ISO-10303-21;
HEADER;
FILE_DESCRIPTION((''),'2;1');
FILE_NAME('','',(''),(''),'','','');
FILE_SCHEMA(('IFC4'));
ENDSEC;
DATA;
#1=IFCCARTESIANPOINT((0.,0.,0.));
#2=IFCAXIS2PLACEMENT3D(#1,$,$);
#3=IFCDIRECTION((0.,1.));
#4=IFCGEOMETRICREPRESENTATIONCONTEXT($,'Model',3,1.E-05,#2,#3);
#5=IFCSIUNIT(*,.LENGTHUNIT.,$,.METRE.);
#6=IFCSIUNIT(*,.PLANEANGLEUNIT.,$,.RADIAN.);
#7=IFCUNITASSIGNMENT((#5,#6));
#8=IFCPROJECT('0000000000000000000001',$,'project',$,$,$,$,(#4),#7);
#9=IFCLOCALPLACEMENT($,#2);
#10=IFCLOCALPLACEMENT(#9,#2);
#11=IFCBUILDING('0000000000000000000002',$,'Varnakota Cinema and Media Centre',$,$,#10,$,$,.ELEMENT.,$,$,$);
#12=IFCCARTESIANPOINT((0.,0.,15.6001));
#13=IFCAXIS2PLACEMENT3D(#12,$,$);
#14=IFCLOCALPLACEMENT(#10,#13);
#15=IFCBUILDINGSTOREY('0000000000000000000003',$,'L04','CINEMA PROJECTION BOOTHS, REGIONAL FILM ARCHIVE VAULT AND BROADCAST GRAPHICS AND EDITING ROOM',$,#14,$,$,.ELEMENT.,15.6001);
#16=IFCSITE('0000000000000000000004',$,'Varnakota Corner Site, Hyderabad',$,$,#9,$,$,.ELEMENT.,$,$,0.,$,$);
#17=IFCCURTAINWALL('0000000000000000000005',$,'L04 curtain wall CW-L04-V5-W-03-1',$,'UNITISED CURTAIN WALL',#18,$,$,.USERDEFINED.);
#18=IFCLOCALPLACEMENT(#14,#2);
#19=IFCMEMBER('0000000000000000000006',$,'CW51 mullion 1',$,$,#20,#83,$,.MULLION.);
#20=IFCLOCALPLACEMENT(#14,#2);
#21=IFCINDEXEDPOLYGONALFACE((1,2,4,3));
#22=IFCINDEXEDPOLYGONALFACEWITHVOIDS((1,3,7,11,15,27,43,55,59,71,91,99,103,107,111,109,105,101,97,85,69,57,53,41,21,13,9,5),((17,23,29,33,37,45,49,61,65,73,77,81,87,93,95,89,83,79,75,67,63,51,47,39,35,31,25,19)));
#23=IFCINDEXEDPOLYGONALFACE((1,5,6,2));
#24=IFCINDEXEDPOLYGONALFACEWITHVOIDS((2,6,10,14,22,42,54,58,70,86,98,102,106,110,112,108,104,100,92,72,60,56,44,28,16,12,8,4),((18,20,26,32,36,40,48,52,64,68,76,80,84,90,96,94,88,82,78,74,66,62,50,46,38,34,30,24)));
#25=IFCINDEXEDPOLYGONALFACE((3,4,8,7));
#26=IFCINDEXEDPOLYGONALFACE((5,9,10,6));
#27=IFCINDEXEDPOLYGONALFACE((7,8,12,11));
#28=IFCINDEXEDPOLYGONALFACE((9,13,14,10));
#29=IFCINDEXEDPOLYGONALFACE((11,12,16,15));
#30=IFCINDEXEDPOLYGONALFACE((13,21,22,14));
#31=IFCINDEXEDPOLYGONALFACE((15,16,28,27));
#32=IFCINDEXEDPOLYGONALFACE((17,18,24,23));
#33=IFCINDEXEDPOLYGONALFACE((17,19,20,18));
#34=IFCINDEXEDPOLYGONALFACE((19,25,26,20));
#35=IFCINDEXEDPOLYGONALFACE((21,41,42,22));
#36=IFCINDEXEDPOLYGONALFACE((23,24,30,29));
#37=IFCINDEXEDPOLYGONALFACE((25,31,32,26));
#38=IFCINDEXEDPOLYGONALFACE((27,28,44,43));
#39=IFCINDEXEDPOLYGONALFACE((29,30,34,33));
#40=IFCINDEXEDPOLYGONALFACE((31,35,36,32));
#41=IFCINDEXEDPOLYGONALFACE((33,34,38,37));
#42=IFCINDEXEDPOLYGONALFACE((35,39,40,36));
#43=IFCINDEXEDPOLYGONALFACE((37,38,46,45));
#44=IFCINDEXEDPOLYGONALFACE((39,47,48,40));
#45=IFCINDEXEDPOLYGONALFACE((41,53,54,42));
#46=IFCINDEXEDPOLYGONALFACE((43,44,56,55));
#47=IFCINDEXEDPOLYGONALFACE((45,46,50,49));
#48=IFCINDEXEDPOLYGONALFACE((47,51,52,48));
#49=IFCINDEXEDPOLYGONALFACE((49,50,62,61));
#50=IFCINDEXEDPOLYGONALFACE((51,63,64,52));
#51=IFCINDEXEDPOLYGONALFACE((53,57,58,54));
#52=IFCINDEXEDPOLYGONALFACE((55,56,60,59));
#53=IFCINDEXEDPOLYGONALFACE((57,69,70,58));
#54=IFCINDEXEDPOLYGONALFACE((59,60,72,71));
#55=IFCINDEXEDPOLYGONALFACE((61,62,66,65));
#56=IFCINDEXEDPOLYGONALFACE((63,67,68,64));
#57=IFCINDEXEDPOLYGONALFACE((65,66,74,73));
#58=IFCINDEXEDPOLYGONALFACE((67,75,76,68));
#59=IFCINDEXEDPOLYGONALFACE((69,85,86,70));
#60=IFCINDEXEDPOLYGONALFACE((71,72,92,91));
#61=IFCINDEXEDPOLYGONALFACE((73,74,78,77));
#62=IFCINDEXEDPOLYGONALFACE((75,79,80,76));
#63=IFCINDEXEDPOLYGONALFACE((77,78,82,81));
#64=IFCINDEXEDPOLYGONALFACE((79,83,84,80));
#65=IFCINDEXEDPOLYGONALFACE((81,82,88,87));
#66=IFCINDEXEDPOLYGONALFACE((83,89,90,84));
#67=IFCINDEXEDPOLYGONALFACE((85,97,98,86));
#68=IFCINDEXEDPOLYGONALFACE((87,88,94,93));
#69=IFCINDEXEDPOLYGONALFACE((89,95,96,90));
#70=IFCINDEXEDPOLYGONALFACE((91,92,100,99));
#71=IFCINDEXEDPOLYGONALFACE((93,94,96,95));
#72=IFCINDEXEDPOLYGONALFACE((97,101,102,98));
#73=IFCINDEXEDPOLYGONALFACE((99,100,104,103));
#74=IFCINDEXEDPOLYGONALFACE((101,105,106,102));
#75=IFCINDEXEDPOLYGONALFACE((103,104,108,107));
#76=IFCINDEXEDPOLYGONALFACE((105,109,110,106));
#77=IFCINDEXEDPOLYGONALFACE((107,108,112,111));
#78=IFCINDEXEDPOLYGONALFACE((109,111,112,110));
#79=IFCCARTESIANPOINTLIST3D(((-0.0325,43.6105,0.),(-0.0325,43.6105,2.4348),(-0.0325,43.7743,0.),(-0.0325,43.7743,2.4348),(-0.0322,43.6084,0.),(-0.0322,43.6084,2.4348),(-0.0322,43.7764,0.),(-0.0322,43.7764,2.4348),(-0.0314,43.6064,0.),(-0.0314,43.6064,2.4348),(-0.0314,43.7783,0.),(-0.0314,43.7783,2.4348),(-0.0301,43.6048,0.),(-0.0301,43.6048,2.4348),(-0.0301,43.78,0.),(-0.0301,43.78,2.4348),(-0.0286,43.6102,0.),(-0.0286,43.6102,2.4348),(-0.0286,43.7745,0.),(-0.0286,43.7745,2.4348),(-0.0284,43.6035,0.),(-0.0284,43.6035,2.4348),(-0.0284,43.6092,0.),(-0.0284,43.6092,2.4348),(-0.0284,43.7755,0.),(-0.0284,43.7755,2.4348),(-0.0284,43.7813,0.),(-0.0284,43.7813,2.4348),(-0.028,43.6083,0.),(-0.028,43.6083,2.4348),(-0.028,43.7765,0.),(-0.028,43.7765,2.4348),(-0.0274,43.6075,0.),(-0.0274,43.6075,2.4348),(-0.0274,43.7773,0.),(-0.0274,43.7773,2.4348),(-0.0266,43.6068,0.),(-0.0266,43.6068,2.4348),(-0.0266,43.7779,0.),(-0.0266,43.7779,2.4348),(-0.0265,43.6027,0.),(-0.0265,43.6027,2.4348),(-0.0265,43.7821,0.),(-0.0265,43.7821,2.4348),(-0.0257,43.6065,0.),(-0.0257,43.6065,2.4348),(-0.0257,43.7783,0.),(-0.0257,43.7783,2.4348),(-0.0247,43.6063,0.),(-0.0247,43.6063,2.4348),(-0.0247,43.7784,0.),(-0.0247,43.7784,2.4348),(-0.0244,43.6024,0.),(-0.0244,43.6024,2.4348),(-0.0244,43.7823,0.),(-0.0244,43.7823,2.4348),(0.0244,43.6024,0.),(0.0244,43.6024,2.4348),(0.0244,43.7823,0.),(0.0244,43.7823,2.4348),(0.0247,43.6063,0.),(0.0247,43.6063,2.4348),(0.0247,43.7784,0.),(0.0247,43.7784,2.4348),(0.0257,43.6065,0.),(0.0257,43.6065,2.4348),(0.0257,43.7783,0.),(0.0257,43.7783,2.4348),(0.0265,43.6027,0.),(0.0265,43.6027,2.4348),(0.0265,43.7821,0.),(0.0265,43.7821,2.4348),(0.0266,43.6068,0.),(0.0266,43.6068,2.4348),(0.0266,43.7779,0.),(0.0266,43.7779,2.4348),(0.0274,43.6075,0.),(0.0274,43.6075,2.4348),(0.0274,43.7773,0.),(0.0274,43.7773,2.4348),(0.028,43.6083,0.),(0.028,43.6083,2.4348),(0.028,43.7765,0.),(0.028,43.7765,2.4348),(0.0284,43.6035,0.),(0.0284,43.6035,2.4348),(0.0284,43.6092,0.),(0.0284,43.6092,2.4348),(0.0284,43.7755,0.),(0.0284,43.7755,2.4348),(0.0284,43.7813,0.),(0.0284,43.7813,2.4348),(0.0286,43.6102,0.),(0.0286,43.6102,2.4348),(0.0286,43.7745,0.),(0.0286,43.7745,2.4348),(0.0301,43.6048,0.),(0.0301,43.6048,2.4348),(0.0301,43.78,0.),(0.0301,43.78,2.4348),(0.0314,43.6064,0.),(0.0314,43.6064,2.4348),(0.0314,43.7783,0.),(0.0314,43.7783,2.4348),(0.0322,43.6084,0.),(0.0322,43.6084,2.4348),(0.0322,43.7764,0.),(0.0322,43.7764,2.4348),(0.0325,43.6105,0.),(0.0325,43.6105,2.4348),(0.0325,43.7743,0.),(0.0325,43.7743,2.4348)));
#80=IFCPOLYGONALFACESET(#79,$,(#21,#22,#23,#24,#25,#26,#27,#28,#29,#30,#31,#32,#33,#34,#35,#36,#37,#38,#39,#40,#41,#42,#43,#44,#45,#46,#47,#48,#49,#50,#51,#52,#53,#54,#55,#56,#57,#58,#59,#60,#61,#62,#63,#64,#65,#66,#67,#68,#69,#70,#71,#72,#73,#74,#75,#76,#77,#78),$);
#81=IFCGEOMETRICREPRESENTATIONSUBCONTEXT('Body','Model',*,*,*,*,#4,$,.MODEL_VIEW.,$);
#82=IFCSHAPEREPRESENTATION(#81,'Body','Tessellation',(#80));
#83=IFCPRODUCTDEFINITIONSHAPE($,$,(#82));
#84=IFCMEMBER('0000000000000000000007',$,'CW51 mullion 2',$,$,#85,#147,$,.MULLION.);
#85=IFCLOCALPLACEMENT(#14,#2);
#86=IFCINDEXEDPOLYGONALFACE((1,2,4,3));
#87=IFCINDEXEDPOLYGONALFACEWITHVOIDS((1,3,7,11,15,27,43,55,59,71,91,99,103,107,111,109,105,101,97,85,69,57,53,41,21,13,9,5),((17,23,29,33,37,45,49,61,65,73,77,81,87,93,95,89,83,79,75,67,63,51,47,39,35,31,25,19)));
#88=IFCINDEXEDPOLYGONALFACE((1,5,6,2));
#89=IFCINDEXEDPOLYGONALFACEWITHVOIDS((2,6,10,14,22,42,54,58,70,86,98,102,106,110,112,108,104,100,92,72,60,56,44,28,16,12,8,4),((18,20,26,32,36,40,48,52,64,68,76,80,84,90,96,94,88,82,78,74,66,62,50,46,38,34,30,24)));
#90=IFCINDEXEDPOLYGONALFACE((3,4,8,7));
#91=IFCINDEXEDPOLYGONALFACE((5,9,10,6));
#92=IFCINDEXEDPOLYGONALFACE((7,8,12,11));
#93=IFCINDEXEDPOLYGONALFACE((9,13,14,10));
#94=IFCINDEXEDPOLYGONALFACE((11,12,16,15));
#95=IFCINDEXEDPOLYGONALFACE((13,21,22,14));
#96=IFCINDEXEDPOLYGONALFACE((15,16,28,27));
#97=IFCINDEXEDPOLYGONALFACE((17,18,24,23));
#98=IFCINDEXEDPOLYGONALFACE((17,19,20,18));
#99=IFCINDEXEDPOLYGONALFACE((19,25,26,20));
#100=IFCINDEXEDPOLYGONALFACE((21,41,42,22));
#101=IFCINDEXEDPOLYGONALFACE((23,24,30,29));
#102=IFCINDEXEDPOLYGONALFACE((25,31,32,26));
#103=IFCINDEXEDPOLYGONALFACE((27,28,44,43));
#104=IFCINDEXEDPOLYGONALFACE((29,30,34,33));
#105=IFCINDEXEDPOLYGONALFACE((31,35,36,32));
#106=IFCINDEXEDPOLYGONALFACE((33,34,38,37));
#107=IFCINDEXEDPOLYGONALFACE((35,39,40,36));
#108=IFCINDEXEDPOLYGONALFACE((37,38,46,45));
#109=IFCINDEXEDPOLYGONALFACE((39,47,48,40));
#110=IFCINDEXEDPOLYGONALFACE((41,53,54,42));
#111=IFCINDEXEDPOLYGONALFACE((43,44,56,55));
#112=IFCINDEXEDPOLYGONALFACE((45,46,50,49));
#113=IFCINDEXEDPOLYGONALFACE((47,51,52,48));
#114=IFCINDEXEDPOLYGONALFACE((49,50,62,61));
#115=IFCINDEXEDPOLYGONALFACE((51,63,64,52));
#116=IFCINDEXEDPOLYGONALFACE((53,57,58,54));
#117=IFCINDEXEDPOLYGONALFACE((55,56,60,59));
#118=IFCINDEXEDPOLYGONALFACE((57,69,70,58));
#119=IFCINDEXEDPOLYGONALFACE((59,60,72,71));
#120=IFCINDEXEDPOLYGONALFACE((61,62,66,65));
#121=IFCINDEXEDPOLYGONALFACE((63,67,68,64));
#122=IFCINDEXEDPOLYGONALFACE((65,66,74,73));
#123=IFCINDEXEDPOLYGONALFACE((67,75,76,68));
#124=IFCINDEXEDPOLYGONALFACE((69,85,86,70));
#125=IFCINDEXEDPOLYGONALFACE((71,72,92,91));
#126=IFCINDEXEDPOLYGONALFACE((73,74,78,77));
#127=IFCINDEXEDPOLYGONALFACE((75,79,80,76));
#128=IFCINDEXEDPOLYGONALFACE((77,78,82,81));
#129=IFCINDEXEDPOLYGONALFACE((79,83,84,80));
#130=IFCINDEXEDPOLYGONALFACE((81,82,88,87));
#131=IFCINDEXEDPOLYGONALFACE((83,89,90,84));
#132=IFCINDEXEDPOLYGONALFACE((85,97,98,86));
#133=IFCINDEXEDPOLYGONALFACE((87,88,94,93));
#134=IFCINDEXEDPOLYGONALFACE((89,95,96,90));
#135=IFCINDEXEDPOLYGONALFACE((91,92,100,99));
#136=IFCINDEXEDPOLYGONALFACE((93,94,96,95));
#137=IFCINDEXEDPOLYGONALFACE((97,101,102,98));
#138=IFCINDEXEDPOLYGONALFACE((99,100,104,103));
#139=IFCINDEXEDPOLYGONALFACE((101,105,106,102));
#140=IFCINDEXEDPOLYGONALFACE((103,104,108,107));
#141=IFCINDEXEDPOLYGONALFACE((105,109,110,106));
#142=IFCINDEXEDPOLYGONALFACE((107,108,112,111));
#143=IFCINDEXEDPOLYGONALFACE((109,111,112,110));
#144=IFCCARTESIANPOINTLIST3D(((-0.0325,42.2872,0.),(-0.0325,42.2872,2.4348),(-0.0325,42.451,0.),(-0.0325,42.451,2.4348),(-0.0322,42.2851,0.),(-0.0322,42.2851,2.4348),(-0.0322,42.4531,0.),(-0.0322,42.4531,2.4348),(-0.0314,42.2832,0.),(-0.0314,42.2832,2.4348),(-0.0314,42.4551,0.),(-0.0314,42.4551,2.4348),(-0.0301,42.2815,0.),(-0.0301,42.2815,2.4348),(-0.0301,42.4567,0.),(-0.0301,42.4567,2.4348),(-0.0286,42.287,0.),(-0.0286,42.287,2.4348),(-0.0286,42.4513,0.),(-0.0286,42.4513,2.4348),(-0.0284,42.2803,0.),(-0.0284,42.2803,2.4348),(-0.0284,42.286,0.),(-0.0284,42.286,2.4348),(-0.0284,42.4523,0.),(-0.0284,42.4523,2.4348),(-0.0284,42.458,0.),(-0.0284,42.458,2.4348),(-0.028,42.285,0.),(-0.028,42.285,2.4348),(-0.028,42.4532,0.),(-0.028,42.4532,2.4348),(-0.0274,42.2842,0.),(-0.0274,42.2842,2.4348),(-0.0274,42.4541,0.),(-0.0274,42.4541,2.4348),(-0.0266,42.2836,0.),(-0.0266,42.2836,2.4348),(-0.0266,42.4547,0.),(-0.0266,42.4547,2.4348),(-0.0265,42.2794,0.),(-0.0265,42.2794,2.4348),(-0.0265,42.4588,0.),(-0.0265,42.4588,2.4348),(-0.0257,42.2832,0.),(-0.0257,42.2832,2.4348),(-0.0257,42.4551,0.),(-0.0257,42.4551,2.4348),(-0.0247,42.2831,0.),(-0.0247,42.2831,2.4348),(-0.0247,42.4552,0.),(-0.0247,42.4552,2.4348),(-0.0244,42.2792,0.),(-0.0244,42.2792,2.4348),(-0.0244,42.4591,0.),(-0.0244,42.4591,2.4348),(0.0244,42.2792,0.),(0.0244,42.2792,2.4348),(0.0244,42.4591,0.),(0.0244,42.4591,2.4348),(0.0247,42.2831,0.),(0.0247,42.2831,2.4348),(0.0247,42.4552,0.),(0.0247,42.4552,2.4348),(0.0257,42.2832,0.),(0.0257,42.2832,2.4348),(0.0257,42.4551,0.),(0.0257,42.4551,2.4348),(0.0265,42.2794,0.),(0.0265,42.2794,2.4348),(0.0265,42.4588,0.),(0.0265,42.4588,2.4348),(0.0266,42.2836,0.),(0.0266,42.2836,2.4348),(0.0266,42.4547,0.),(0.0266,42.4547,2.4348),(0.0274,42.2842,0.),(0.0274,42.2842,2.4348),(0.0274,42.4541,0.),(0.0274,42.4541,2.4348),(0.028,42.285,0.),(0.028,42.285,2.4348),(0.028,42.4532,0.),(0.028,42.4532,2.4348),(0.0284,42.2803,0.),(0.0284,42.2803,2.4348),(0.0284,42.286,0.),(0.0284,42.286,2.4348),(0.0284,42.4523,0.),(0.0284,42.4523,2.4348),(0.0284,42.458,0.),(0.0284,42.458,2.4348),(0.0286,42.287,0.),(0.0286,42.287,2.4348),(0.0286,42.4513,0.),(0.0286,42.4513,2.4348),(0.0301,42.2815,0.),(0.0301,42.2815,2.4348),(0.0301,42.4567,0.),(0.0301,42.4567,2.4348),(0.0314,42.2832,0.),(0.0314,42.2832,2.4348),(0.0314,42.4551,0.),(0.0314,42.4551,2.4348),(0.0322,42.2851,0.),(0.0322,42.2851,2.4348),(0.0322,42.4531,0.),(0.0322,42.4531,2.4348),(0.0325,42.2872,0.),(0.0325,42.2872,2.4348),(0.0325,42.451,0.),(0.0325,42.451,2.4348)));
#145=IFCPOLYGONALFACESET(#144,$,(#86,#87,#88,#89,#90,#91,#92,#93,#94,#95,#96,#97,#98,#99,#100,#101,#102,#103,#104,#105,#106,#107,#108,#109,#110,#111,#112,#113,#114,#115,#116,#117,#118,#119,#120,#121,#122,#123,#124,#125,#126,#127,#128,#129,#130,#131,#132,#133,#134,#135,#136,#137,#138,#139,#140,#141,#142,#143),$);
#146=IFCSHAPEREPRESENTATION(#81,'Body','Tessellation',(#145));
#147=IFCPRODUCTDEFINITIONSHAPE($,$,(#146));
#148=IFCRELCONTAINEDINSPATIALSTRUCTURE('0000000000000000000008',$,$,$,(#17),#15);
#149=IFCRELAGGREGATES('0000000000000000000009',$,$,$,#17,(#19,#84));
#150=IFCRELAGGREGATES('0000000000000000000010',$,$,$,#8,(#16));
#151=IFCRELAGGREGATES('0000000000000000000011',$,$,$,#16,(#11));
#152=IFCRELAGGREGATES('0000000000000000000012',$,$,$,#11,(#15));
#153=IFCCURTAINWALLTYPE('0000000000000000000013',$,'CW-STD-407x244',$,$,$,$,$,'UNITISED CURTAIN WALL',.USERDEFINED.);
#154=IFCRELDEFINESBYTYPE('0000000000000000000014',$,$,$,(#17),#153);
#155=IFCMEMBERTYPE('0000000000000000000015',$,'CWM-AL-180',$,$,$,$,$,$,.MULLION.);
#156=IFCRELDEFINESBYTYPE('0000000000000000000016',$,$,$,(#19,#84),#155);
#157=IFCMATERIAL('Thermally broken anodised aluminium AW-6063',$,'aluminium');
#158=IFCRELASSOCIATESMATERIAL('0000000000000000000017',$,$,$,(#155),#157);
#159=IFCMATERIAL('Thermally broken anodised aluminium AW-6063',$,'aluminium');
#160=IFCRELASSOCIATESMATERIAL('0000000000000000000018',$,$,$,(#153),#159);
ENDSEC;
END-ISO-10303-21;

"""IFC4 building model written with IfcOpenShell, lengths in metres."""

from ifc_helpers import new_model, si_unit, direction, frame, origin, origin_2d, place, context, subcontext, project, spatial, hollow_rectangle, extrude, material, material_profile, profile_set, type_object, element, aggregate, save


model = new_model("IFC4")

# Units and contexts
model_context = context("Model", 3, precision=1e-05, world=origin(), true_north=direction((0.0, 1.0)))
body_context = subcontext(model_context, "Body", "Model", "MODEL_VIEW")
ifc_project = project(units=[si_unit("LENGTHUNIT", "METRE"), si_unit("PLANEANGLEUNIT", "RADIAN")], contexts=[model_context])

# Site, building, storey
site_placement = place(None, origin())
site = spatial("IfcSite", under=ifc_project, at=site_placement, Name="Varnakota Corner Site, Hyderabad", CompositionType="ELEMENT", RefElevation=0.0)
building_placement = place(site_placement, origin())
building = spatial("IfcBuilding", under=site, at=building_placement, Name="Varnakota Cinema and Media Centre", CompositionType="ELEMENT")
storey_placement = place(building_placement, frame((0.0, 0.0, 15.6001)))
storey = spatial("IfcBuildingStorey", under=building, at=storey_placement, Name="L04", Description="CINEMA PROJECTION BOOTHS, REGIONAL FILM ARCHIVE VAULT AND BROADCAST GRAPHICS AND EDITING ROOM", CompositionType="ELEMENT", Elevation=15.6001)

# Curtain wall, members
ifc_material_1 = material(Name="Thermally broken anodised aluminium AW-6063", Category="aluminium")
ifc_material_profile_1 = material_profile(ifc_material_1, hollow_rectangle(XDim=0.0649, YDim=0.1799, WallThickness=0.0039, InnerFilletRadius=0.0039, OuterFilletRadius=0.0081, at=origin_2d()), Name="AL-MULLION 180x65x4")
ifc_profile_set_1 = profile_set([ifc_material_profile_1], Name="Thermally broken anodised aluminium AW-6063")
member_type_1 = type_object("IfcMemberType", Name="CWM-AL-180", PredefinedType="MULLION", material=ifc_profile_set_1)
ifc_material_2 = material(Name="Thermally broken anodised aluminium AW-6063", Category="aluminium")
curtain_wall_type_1 = type_object("IfcCurtainWallType", Name="CW-STD-407x244", ElementType="UNITISED CURTAIN WALL", PredefinedType="USERDEFINED", material=ifc_material_2)
curtain_wall_1_placement = place(storey_placement, origin())
curtain_wall_1 = element("IfcCurtainWall", 1, at=curtain_wall_1_placement, inside=storey, type_object=curtain_wall_type_1, Name="L04 curtain wall CW-L04-V5-W-03-1", ObjectType="UNITISED CURTAIN WALL", PredefinedType="USERDEFINED")
member_1_placement = place(storey_placement, frame((0.0, 43.6924, 0.0), z_axis=(0.0, 0.0, 1.0), x_axis=(1.0, 0.0, 0.0)))
member_1 = element("IfcMember", 2, at=member_1_placement, type_object=member_type_1, Name="CW51 mullion 1", PredefinedType="MULLION", context=body_context, shape_type="SweptSolid", body=[
    extrude(hollow_rectangle(XDim=0.0649, YDim=0.1799, WallThickness=0.0039, InnerFilletRadius=0.0039, OuterFilletRadius=0.0081, at=origin_2d()), origin(), (0.0, 0.0, 1.0), 2.4348),
])
member_2_placement = place(storey_placement, frame((0.0, 42.3691, 0.0), z_axis=(0.0, 0.0, 1.0), x_axis=(1.0, 0.0, 0.0)))
member_2 = element("IfcMember", 3, at=member_2_placement, type_object=member_type_1, Name="CW51 mullion 2", PredefinedType="MULLION", context=body_context, shape_type="SweptSolid", body=[
    extrude(hollow_rectangle(XDim=0.0649, YDim=0.1799, WallThickness=0.0039, InnerFilletRadius=0.0039, OuterFilletRadius=0.0081, at=origin_2d()), origin(), (0.0, 0.0, 1.0), 2.4348),
])

aggregate(curtain_wall_1, [member_1, member_2])

save(model, "model.ifc")
